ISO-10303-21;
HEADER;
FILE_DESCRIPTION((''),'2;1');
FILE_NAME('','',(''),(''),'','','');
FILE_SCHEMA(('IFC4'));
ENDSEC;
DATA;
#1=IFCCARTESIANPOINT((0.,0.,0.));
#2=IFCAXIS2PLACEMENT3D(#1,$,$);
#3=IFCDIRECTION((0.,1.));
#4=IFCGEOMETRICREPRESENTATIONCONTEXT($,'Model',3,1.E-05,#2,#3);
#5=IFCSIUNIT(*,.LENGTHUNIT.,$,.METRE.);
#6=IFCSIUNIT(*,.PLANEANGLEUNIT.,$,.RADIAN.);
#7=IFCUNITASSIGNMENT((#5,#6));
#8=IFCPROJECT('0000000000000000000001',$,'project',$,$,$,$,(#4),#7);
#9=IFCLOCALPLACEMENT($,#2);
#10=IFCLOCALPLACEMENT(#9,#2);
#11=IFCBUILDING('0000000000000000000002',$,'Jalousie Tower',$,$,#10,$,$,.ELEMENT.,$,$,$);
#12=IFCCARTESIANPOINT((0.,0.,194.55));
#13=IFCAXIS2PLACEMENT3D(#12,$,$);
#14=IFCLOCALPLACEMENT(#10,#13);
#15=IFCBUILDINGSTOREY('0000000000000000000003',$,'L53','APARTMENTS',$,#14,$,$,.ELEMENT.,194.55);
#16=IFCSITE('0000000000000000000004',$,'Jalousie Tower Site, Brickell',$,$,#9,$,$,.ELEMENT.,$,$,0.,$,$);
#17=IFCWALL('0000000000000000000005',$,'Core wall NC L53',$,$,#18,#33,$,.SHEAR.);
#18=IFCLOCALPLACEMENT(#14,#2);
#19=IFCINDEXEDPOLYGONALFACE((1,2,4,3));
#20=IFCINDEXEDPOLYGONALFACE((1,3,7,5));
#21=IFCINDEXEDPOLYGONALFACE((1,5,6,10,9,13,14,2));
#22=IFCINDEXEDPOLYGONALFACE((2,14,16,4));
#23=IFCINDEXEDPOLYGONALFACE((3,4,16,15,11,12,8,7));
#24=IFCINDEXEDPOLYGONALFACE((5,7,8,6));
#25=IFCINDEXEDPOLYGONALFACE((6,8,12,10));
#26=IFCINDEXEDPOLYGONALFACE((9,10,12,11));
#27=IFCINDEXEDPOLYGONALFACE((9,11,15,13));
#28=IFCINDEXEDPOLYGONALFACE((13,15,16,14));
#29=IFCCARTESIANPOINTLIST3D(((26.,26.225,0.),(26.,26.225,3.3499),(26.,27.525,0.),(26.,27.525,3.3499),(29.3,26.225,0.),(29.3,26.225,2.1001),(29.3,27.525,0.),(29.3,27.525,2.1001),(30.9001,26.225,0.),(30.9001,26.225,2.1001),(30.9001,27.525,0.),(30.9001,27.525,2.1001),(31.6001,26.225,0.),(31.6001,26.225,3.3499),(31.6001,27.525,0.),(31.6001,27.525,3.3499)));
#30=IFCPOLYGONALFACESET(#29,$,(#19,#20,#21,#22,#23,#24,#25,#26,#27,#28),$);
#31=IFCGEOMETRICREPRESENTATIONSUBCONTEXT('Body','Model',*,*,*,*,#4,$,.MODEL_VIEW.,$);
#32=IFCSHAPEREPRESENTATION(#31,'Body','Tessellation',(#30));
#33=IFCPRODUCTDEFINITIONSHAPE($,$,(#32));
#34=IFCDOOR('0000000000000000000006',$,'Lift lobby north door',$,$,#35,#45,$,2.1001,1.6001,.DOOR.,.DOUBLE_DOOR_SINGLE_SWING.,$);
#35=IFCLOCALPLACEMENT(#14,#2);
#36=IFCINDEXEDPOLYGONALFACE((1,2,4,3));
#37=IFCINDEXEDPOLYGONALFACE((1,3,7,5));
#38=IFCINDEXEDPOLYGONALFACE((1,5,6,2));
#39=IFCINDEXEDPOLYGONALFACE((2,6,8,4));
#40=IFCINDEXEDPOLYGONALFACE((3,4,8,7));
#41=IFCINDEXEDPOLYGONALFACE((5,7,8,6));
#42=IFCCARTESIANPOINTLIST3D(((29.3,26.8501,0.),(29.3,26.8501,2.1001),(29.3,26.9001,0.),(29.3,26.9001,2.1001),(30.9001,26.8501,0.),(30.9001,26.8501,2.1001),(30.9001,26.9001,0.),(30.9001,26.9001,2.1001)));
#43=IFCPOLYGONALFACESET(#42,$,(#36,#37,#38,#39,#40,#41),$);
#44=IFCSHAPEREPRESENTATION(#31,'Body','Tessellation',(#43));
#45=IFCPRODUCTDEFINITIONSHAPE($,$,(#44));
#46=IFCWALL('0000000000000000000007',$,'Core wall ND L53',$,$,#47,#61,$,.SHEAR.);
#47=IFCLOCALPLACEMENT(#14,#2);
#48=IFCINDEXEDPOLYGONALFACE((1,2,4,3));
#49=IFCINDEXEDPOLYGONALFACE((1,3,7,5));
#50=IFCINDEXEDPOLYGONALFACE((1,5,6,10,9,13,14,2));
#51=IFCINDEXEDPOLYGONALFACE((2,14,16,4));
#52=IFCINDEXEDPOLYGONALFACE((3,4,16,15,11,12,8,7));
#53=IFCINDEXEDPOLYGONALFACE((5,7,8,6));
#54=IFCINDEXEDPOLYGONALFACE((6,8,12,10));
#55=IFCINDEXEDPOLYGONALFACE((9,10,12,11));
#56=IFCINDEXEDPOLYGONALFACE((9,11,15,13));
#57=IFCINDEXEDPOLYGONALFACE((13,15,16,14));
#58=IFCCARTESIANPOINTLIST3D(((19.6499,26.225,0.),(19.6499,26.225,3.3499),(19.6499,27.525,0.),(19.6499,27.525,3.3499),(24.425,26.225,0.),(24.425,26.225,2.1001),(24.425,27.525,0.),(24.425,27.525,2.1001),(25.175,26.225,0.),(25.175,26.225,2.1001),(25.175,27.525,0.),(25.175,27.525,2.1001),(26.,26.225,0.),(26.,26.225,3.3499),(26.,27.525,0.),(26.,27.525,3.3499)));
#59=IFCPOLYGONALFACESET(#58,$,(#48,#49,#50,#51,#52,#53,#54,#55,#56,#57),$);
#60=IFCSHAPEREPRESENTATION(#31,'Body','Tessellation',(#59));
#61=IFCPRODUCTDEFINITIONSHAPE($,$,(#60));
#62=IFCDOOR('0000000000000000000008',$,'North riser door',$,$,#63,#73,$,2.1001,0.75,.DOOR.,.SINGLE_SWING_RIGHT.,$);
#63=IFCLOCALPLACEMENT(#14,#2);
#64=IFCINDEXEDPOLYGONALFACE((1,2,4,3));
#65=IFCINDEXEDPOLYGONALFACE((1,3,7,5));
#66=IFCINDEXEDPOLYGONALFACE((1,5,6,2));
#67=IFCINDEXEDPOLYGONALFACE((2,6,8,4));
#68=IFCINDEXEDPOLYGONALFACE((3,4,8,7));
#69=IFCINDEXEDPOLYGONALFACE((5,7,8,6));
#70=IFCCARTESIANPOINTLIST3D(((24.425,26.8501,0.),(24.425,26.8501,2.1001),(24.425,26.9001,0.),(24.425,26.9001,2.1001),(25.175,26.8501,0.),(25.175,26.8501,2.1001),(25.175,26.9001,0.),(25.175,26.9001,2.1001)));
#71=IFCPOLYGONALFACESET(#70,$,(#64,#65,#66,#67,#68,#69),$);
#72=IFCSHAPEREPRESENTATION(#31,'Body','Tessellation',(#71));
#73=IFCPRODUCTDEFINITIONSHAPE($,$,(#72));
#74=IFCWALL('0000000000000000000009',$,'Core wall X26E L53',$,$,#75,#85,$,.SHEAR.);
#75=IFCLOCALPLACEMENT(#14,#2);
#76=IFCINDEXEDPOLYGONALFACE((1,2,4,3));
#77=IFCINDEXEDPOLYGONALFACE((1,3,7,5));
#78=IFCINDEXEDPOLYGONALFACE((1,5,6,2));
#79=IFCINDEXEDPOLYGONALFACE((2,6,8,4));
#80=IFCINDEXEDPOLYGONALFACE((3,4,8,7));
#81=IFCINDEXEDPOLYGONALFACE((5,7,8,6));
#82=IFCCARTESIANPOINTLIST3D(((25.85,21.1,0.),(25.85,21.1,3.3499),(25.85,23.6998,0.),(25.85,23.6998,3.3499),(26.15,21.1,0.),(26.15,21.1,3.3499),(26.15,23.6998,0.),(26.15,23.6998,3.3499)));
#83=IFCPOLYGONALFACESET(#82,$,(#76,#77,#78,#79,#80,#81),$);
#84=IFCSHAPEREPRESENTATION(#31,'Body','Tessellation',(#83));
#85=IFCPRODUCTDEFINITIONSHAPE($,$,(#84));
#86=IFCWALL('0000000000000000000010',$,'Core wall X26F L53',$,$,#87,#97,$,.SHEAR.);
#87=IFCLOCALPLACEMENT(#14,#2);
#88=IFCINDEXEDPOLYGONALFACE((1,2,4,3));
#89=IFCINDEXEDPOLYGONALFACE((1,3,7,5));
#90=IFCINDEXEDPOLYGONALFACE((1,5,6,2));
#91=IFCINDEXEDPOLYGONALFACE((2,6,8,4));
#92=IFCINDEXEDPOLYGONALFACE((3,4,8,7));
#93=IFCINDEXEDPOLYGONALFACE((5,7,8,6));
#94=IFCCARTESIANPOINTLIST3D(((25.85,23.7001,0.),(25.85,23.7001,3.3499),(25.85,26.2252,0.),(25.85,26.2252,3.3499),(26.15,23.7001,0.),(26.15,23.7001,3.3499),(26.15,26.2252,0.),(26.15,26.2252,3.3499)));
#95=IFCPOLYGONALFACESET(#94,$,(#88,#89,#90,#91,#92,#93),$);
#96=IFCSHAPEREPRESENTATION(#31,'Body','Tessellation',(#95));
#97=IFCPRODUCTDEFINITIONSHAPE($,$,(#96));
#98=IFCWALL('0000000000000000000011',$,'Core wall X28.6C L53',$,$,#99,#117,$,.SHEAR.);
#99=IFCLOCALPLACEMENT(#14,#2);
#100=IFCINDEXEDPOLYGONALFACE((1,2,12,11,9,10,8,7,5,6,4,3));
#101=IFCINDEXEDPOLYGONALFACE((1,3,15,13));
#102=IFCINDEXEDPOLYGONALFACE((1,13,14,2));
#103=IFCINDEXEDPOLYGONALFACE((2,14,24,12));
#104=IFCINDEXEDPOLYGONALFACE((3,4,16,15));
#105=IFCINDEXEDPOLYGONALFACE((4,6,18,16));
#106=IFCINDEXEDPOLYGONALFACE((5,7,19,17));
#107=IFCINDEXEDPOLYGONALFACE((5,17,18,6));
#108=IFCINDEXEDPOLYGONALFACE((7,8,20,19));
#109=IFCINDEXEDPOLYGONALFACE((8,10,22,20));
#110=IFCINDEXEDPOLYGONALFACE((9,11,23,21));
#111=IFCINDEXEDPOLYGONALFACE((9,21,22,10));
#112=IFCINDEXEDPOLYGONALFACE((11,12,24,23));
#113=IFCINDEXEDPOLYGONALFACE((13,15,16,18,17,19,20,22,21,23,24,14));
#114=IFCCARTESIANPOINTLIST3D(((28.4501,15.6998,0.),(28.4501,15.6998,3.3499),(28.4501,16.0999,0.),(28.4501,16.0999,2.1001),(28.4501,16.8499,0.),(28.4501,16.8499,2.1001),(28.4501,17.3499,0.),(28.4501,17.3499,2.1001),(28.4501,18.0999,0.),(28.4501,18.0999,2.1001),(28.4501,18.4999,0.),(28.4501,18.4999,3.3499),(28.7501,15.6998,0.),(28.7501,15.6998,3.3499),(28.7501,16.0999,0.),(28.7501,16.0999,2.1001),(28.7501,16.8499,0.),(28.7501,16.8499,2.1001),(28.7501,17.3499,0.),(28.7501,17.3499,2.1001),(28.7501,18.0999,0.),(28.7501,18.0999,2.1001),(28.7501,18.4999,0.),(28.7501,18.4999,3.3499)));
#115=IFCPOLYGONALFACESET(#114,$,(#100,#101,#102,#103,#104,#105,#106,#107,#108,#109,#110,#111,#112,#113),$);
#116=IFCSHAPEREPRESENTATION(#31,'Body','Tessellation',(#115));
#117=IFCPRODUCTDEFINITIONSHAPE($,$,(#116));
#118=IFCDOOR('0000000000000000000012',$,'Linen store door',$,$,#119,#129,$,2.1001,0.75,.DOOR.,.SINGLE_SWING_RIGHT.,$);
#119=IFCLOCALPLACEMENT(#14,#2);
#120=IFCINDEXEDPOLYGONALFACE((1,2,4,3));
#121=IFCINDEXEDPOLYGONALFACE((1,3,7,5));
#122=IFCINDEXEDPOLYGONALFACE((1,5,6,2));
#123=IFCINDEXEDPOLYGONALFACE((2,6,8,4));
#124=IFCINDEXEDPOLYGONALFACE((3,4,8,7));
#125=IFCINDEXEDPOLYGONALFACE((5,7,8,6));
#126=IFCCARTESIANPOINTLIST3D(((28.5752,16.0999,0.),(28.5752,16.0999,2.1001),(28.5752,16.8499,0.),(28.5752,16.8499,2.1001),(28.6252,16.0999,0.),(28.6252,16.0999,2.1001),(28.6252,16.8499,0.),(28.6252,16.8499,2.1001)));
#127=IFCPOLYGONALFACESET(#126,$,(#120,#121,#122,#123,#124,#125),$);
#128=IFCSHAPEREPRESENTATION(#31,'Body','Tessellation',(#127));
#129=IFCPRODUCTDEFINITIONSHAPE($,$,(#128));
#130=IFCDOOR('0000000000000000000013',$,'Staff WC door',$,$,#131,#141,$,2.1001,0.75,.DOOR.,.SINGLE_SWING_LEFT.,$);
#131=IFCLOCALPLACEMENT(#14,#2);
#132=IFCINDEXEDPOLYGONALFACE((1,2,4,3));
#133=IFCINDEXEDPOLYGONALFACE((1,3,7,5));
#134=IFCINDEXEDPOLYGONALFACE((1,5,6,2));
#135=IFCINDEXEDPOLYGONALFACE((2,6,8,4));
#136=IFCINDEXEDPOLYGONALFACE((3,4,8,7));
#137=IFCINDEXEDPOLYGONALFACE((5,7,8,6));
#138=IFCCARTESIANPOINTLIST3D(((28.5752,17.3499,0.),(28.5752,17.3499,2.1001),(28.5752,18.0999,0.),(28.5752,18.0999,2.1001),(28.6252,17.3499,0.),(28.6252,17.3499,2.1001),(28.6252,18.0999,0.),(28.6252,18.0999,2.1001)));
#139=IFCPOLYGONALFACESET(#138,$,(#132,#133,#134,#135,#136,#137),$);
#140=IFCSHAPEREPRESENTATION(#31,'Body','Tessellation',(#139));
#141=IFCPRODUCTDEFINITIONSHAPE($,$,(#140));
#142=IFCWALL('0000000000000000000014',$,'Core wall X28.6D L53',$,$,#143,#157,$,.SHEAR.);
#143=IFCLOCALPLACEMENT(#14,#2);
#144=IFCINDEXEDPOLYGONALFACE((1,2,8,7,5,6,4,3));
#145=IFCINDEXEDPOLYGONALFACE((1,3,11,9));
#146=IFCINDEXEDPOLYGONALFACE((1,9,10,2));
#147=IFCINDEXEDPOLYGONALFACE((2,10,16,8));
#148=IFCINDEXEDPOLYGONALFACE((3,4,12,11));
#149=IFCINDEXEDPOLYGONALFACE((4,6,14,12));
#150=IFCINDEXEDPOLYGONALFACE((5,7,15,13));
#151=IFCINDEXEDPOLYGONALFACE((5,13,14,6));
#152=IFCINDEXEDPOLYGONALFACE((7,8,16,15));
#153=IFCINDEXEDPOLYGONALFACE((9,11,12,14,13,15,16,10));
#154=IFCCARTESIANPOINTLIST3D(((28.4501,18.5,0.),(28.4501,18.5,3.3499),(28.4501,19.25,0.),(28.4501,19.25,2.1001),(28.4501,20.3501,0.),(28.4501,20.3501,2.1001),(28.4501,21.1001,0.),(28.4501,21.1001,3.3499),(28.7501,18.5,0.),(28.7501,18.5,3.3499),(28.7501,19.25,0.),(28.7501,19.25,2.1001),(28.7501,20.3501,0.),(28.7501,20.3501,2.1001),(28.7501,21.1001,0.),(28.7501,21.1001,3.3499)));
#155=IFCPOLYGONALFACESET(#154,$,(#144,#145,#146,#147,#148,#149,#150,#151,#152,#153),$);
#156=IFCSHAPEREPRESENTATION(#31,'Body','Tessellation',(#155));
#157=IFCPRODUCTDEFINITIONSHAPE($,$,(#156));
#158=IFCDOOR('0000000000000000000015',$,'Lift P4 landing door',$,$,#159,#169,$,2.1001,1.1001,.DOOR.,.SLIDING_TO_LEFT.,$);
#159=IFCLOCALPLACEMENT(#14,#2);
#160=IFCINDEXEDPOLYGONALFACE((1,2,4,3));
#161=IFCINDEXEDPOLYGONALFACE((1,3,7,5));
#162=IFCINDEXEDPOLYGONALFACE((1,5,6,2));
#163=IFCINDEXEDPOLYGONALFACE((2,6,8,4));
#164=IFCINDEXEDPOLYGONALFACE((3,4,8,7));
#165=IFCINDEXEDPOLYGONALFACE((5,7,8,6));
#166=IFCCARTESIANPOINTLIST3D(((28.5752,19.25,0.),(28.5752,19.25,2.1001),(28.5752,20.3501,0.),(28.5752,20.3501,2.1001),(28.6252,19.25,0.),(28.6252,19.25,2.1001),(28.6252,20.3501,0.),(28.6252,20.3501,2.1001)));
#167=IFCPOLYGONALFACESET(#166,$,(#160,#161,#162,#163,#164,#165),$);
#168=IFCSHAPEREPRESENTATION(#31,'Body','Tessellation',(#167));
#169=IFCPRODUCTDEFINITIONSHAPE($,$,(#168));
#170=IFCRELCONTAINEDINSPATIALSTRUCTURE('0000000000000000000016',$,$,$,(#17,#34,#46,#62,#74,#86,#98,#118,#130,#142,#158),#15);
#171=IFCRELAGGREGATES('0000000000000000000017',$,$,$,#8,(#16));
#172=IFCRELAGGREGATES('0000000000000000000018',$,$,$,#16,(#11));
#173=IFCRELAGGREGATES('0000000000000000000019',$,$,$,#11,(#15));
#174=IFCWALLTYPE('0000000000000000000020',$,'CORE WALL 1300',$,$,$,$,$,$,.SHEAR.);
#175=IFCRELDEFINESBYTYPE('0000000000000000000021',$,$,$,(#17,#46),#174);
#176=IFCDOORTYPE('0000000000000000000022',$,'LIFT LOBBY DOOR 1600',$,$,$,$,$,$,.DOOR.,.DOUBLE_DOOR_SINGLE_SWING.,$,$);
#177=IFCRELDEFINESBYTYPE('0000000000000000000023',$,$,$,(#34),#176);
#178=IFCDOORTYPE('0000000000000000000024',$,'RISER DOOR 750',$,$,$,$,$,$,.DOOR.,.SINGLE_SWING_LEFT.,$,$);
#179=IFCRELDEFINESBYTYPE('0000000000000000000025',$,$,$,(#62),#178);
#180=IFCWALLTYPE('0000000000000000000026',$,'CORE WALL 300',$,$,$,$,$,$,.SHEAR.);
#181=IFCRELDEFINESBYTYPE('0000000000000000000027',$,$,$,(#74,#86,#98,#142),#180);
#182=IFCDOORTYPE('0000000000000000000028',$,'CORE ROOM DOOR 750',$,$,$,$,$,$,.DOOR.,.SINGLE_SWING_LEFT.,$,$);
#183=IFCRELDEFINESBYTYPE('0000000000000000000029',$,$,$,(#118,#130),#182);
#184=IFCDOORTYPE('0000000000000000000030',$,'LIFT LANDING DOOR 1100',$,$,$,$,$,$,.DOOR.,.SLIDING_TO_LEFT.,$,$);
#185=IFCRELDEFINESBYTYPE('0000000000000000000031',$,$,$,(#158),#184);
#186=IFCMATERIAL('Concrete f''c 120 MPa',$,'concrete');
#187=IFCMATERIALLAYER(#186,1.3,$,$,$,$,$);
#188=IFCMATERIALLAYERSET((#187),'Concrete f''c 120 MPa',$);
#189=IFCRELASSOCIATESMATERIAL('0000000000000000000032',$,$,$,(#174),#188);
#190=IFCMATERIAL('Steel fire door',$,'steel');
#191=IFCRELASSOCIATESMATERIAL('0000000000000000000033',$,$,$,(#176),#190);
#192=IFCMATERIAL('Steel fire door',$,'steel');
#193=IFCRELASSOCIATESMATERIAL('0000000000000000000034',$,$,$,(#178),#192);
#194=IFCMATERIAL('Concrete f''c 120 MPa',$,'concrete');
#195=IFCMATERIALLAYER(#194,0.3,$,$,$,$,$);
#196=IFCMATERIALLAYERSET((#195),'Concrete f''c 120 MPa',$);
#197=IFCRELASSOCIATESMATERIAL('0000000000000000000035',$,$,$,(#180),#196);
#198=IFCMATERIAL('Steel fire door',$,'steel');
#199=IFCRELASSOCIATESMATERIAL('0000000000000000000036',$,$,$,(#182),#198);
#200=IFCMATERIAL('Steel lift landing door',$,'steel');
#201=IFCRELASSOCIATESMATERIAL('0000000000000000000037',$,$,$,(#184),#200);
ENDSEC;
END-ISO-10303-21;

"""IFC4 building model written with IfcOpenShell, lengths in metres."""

from ifc_helpers import new_model, si_unit, direction, frame, frame_2d, origin, place, context, subcontext, project, spatial, rectangle, extrude, material, layer, layer_set, type_object, element, fill, save


model = new_model("IFC4")

# Units and contexts
model_context = context("Model", 3, precision=1e-05, world=origin(), true_north=direction((0.0, 1.0)))
body_context = subcontext(model_context, "Body", "Model", "MODEL_VIEW")
ifc_project = project(units=[si_unit("LENGTHUNIT", "METRE"), si_unit("PLANEANGLEUNIT", "RADIAN")], contexts=[model_context])

# Site, building, storey
site_placement = place(None, origin())
site = spatial("IfcSite", under=ifc_project, at=site_placement, Name="Jalousie Tower Site, Brickell", CompositionType="ELEMENT", RefElevation=0.0)
building_placement = place(site_placement, origin())
building = spatial("IfcBuilding", under=site, at=building_placement, Name="Jalousie Tower", CompositionType="ELEMENT")
storey_placement = place(building_placement, frame((0.0, 0.0, 194.55)))
storey = spatial("IfcBuildingStorey", under=building, at=storey_placement, Name="L53", Description="APARTMENTS", CompositionType="ELEMENT", Elevation=194.55)

# Walls, openings, doors
ifc_material_1 = material(Name="Concrete f'c 120 MPa", Category="concrete")
ifc_layer_1 = layer(ifc_material_1, 1.3)
ifc_layer_set_1 = layer_set([ifc_layer_1], Name="Concrete f'c 120 MPa")
wall_type_1 = type_object("IfcWallType", Name="CORE WALL 1300", PredefinedType="SHEAR", material=ifc_layer_set_1)
wall_1_placement = place(storey_placement, frame((31.6001, 26.875, 0.0), z_axis=(0.0, 0.0, 1.0), x_axis=(-1.0, 0.0, 0.0)))
wall_1 = element("IfcWall", 1, at=wall_1_placement, inside=storey, type_object=wall_type_1, Name="Core wall NC L53", PredefinedType="SHEAR", context=body_context, shape_type="SweptSolid", body=[
    extrude(rectangle(XDim=5.6001, YDim=1.3, at=frame_2d((2.8, 0.0))), origin(), (0.0, 0.0, 1.0), 3.3499),
])
opening_1_placement = place(wall_1_placement, frame((0.7, 0.0, 0.0)))
opening_1 = element("IfcOpeningElement", 2, at=opening_1_placement, cuts=wall_1, PredefinedType="OPENING", context=body_context, shape_type="SweptSolid", body=[
    extrude(rectangle(XDim=1.6001, YDim=2.1001, at=frame_2d((0.8, 1.05))), frame((0.0, 0.6599, 0.0), z_axis=(0.0, -1.0, 0.0), x_axis=(1.0, 0.0, 0.0)), (0.0, 0.0, 1.0), 1.3201),
])
ifc_material_2 = material(Name="Steel fire door", Category="steel")
door_type_1 = type_object("IfcDoorType", Name="LIFT LOBBY DOOR 1600", OperationType="DOUBLE_DOOR_SINGLE_SWING", PredefinedType="DOOR", material=ifc_material_2)
door_1_placement = place(opening_1_placement, origin())
door_1 = element("IfcDoor", 3, at=door_1_placement, inside=storey, type_object=door_type_1, Name="Lift lobby north door", OperationType="DOUBLE_DOOR_SINGLE_SWING", OverallHeight=2.1001, OverallWidth=1.6001, PredefinedType="DOOR", context=body_context, shape_type="SweptSolid", body=[
    extrude(rectangle(XDim=1.6001, YDim=2.1001, at=frame_2d((0.8, 1.05))), frame((0.0, 0.0249, 0.0), z_axis=(0.0, -1.0, 0.0), x_axis=(1.0, 0.0, 0.0)), (0.0, 0.0, 1.0), 0.05),
])
fill(opening_1, door_1)
wall_2_placement = place(storey_placement, frame((26.0, 26.875, 0.0), z_axis=(0.0, 0.0, 1.0), x_axis=(-1.0, 0.0, 0.0)))
wall_2 = element("IfcWall", 4, at=wall_2_placement, inside=storey, type_object=wall_type_1, Name="Core wall ND L53", PredefinedType="SHEAR", context=body_context, shape_type="SweptSolid", body=[
    extrude(rectangle(XDim=6.3501, YDim=1.3, at=frame_2d((3.175, 0.0))), origin(), (0.0, 0.0, 1.0), 3.3499),
])
opening_2_placement = place(wall_2_placement, frame((0.825, 0.0, 0.0)))
opening_2 = element("IfcOpeningElement", 5, at=opening_2_placement, cuts=wall_2, PredefinedType="OPENING", context=body_context, shape_type="SweptSolid", body=[
    extrude(rectangle(XDim=0.75, YDim=2.1001, at=frame_2d((0.375, 1.05))), frame((0.0, 0.6599, 0.0), z_axis=(0.0, -1.0, 0.0), x_axis=(1.0, 0.0, 0.0)), (0.0, 0.0, 1.0), 1.3201),
])
ifc_material_3 = material(Name="Steel fire door", Category="steel")
door_type_2 = type_object("IfcDoorType", Name="RISER DOOR 750", OperationType="SINGLE_SWING_LEFT", PredefinedType="DOOR", material=ifc_material_3)
door_2_placement = place(opening_2_placement, origin())
door_2 = element("IfcDoor", 6, at=door_2_placement, inside=storey, type_object=door_type_2, Name="North riser door", OperationType="SINGLE_SWING_RIGHT", OverallHeight=2.1001, OverallWidth=0.75, PredefinedType="DOOR", context=body_context, shape_type="SweptSolid", body=[
    extrude(rectangle(XDim=0.75, YDim=2.1001, at=frame_2d((0.375, 1.05))), frame((0.0, 0.0249, 0.0), z_axis=(0.0, -1.0, 0.0), x_axis=(1.0, 0.0, 0.0)), (0.0, 0.0, 1.0), 0.05),
])
fill(opening_2, door_2)

# Walls
ifc_material_4 = material(Name="Concrete f'c 120 MPa", Category="concrete")
ifc_layer_2 = layer(ifc_material_4, 0.3)
ifc_layer_set_2 = layer_set([ifc_layer_2], Name="Concrete f'c 120 MPa")
wall_type_2 = type_object("IfcWallType", Name="CORE WALL 300", PredefinedType="SHEAR", material=ifc_layer_set_2)
wall_3_placement = place(storey_placement, frame((26.0, 21.1001, 0.0), z_axis=(0.0, 0.0, 1.0), x_axis=(0.0, 1.0, 0.0)))
element("IfcWall", 7, at=wall_3_placement, inside=storey, type_object=wall_type_2, Name="Core wall X26E L53", PredefinedType="SHEAR", context=body_context, shape_type="SweptSolid", body=[
    extrude(rectangle(XDim=2.5999, YDim=0.3, at=frame_2d((1.2998, 0.0))), origin(), (0.0, 0.0, 1.0), 3.3499),
])
wall_4_placement = place(storey_placement, frame((26.0, 23.7, 0.0), z_axis=(0.0, 0.0, 1.0), x_axis=(0.0, 1.0, 0.0)))
element("IfcWall", 8, at=wall_4_placement, inside=storey, type_object=wall_type_2, Name="Core wall X26F L53", PredefinedType="SHEAR", context=body_context, shape_type="SweptSolid", body=[
    extrude(rectangle(XDim=2.5251, YDim=0.3, at=frame_2d((1.2627, 0.0))), origin(), (0.0, 0.0, 1.0), 3.3499),
])

# Wall, openings, doors
wall_5_placement = place(storey_placement, frame((28.6001, 15.7, 0.0), z_axis=(0.0, 0.0, 1.0), x_axis=(0.0, 1.0, 0.0)))
wall_5 = element("IfcWall", 9, at=wall_5_placement, inside=storey, type_object=wall_type_2, Name="Core wall X28.6C L53", PredefinedType="SHEAR", context=body_context, shape_type="SweptSolid", body=[
    extrude(rectangle(XDim=2.8, YDim=0.3, at=frame_2d((1.3999, 0.0))), origin(), (0.0, 0.0, 1.0), 3.3499),
])
opening_3_placement = place(wall_5_placement, frame((0.3999, 0.0, 0.0)))
opening_3 = element("IfcOpeningElement", 10, at=opening_3_placement, cuts=wall_5, PredefinedType="OPENING", context=body_context, shape_type="SweptSolid", body=[
    extrude(rectangle(XDim=0.75, YDim=2.1001, at=frame_2d((0.375, 1.05))), frame((0.0, 0.1599, 0.0), z_axis=(0.0, -1.0, 0.0), x_axis=(1.0, 0.0, 0.0)), (0.0, 0.0, 1.0), 0.3201),
])
opening_4_placement = place(wall_5_placement, frame((1.6499, 0.0, 0.0)))
opening_4 = element("IfcOpeningElement", 11, at=opening_4_placement, cuts=wall_5, PredefinedType="OPENING", context=body_context, shape_type="SweptSolid", body=[
    extrude(rectangle(XDim=0.75, YDim=2.1001, at=frame_2d((0.375, 1.05))), frame((0.0, 0.1599, 0.0), z_axis=(0.0, -1.0, 0.0), x_axis=(1.0, 0.0, 0.0)), (0.0, 0.0, 1.0), 0.3201),
])
ifc_material_5 = material(Name="Steel fire door", Category="steel")
door_type_3 = type_object("IfcDoorType", Name="CORE ROOM DOOR 750", OperationType="SINGLE_SWING_LEFT", PredefinedType="DOOR", material=ifc_material_5)
door_3_placement = place(opening_3_placement, origin())
door_3 = element("IfcDoor", 12, at=door_3_placement, inside=storey, type_object=door_type_3, Name="Linen store door", OperationType="SINGLE_SWING_RIGHT", OverallHeight=2.1001, OverallWidth=0.75, PredefinedType="DOOR", context=body_context, shape_type="SweptSolid", body=[
    extrude(rectangle(XDim=0.75, YDim=2.1001, at=frame_2d((0.375, 1.05))), frame((0.0, 0.0249, 0.0), z_axis=(0.0, -1.0, 0.0), x_axis=(1.0, 0.0, 0.0)), (0.0, 0.0, 1.0), 0.05),
])
fill(opening_3, door_3)
door_4_placement = place(opening_4_placement, origin())
door_4 = element("IfcDoor", 13, at=door_4_placement, inside=storey, type_object=door_type_3, Name="Staff WC door", OperationType="SINGLE_SWING_LEFT", OverallHeight=2.1001, OverallWidth=0.75, PredefinedType="DOOR", context=body_context, shape_type="SweptSolid", body=[
    extrude(rectangle(XDim=0.75, YDim=2.1001, at=frame_2d((0.375, 1.05))), frame((0.0, 0.0249, 0.0), z_axis=(0.0, -1.0, 0.0), x_axis=(1.0, 0.0, 0.0)), (0.0, 0.0, 1.0), 0.05),
])
fill(opening_4, door_4)

# Wall, opening, door
wall_6_placement = place(storey_placement, frame((28.6001, 18.5, 0.0), z_axis=(0.0, 0.0, 1.0), x_axis=(0.0, 1.0, 0.0)))
wall_6 = element("IfcWall", 14, at=wall_6_placement, inside=storey, type_object=wall_type_2, Name="Core wall X28.6D L53", PredefinedType="SHEAR", context=body_context, shape_type="SweptSolid", body=[
    extrude(rectangle(XDim=2.6001, YDim=0.3, at=frame_2d((1.3, 0.0))), origin(), (0.0, 0.0, 1.0), 3.3499),
])
opening_5_placement = place(wall_6_placement, frame((0.75, 0.0, 0.0)))
opening_5 = element("IfcOpeningElement", 15, at=opening_5_placement, cuts=wall_6, PredefinedType="OPENING", context=body_context, shape_type="SweptSolid", body=[
    extrude(rectangle(XDim=1.1001, YDim=2.1001, at=frame_2d((0.55, 1.05))), frame((0.0, 0.1599, 0.0), z_axis=(0.0, -1.0, 0.0), x_axis=(1.0, 0.0, 0.0)), (0.0, 0.0, 1.0), 0.3201),
])
ifc_material_6 = material(Name="Steel lift landing door", Category="steel")
door_type_4 = type_object("IfcDoorType", Name="LIFT LANDING DOOR 1100", OperationType="SLIDING_TO_LEFT", PredefinedType="DOOR", material=ifc_material_6)
door_5_placement = place(opening_5_placement, origin())
door_5 = element("IfcDoor", 16, at=door_5_placement, inside=storey, type_object=door_type_4, Name="Lift P4 landing door", OperationType="SLIDING_TO_LEFT", OverallHeight=2.1001, OverallWidth=1.1001, PredefinedType="DOOR", context=body_context, shape_type="SweptSolid", body=[
    extrude(rectangle(XDim=1.1001, YDim=2.1001, at=frame_2d((0.55, 1.05))), frame((0.0, 0.0249, 0.0), z_axis=(0.0, -1.0, 0.0), x_axis=(1.0, 0.0, 0.0)), (0.0, 0.0, 1.0), 0.05),
])
fill(opening_5, door_5)

save(model, "model.ifc")
